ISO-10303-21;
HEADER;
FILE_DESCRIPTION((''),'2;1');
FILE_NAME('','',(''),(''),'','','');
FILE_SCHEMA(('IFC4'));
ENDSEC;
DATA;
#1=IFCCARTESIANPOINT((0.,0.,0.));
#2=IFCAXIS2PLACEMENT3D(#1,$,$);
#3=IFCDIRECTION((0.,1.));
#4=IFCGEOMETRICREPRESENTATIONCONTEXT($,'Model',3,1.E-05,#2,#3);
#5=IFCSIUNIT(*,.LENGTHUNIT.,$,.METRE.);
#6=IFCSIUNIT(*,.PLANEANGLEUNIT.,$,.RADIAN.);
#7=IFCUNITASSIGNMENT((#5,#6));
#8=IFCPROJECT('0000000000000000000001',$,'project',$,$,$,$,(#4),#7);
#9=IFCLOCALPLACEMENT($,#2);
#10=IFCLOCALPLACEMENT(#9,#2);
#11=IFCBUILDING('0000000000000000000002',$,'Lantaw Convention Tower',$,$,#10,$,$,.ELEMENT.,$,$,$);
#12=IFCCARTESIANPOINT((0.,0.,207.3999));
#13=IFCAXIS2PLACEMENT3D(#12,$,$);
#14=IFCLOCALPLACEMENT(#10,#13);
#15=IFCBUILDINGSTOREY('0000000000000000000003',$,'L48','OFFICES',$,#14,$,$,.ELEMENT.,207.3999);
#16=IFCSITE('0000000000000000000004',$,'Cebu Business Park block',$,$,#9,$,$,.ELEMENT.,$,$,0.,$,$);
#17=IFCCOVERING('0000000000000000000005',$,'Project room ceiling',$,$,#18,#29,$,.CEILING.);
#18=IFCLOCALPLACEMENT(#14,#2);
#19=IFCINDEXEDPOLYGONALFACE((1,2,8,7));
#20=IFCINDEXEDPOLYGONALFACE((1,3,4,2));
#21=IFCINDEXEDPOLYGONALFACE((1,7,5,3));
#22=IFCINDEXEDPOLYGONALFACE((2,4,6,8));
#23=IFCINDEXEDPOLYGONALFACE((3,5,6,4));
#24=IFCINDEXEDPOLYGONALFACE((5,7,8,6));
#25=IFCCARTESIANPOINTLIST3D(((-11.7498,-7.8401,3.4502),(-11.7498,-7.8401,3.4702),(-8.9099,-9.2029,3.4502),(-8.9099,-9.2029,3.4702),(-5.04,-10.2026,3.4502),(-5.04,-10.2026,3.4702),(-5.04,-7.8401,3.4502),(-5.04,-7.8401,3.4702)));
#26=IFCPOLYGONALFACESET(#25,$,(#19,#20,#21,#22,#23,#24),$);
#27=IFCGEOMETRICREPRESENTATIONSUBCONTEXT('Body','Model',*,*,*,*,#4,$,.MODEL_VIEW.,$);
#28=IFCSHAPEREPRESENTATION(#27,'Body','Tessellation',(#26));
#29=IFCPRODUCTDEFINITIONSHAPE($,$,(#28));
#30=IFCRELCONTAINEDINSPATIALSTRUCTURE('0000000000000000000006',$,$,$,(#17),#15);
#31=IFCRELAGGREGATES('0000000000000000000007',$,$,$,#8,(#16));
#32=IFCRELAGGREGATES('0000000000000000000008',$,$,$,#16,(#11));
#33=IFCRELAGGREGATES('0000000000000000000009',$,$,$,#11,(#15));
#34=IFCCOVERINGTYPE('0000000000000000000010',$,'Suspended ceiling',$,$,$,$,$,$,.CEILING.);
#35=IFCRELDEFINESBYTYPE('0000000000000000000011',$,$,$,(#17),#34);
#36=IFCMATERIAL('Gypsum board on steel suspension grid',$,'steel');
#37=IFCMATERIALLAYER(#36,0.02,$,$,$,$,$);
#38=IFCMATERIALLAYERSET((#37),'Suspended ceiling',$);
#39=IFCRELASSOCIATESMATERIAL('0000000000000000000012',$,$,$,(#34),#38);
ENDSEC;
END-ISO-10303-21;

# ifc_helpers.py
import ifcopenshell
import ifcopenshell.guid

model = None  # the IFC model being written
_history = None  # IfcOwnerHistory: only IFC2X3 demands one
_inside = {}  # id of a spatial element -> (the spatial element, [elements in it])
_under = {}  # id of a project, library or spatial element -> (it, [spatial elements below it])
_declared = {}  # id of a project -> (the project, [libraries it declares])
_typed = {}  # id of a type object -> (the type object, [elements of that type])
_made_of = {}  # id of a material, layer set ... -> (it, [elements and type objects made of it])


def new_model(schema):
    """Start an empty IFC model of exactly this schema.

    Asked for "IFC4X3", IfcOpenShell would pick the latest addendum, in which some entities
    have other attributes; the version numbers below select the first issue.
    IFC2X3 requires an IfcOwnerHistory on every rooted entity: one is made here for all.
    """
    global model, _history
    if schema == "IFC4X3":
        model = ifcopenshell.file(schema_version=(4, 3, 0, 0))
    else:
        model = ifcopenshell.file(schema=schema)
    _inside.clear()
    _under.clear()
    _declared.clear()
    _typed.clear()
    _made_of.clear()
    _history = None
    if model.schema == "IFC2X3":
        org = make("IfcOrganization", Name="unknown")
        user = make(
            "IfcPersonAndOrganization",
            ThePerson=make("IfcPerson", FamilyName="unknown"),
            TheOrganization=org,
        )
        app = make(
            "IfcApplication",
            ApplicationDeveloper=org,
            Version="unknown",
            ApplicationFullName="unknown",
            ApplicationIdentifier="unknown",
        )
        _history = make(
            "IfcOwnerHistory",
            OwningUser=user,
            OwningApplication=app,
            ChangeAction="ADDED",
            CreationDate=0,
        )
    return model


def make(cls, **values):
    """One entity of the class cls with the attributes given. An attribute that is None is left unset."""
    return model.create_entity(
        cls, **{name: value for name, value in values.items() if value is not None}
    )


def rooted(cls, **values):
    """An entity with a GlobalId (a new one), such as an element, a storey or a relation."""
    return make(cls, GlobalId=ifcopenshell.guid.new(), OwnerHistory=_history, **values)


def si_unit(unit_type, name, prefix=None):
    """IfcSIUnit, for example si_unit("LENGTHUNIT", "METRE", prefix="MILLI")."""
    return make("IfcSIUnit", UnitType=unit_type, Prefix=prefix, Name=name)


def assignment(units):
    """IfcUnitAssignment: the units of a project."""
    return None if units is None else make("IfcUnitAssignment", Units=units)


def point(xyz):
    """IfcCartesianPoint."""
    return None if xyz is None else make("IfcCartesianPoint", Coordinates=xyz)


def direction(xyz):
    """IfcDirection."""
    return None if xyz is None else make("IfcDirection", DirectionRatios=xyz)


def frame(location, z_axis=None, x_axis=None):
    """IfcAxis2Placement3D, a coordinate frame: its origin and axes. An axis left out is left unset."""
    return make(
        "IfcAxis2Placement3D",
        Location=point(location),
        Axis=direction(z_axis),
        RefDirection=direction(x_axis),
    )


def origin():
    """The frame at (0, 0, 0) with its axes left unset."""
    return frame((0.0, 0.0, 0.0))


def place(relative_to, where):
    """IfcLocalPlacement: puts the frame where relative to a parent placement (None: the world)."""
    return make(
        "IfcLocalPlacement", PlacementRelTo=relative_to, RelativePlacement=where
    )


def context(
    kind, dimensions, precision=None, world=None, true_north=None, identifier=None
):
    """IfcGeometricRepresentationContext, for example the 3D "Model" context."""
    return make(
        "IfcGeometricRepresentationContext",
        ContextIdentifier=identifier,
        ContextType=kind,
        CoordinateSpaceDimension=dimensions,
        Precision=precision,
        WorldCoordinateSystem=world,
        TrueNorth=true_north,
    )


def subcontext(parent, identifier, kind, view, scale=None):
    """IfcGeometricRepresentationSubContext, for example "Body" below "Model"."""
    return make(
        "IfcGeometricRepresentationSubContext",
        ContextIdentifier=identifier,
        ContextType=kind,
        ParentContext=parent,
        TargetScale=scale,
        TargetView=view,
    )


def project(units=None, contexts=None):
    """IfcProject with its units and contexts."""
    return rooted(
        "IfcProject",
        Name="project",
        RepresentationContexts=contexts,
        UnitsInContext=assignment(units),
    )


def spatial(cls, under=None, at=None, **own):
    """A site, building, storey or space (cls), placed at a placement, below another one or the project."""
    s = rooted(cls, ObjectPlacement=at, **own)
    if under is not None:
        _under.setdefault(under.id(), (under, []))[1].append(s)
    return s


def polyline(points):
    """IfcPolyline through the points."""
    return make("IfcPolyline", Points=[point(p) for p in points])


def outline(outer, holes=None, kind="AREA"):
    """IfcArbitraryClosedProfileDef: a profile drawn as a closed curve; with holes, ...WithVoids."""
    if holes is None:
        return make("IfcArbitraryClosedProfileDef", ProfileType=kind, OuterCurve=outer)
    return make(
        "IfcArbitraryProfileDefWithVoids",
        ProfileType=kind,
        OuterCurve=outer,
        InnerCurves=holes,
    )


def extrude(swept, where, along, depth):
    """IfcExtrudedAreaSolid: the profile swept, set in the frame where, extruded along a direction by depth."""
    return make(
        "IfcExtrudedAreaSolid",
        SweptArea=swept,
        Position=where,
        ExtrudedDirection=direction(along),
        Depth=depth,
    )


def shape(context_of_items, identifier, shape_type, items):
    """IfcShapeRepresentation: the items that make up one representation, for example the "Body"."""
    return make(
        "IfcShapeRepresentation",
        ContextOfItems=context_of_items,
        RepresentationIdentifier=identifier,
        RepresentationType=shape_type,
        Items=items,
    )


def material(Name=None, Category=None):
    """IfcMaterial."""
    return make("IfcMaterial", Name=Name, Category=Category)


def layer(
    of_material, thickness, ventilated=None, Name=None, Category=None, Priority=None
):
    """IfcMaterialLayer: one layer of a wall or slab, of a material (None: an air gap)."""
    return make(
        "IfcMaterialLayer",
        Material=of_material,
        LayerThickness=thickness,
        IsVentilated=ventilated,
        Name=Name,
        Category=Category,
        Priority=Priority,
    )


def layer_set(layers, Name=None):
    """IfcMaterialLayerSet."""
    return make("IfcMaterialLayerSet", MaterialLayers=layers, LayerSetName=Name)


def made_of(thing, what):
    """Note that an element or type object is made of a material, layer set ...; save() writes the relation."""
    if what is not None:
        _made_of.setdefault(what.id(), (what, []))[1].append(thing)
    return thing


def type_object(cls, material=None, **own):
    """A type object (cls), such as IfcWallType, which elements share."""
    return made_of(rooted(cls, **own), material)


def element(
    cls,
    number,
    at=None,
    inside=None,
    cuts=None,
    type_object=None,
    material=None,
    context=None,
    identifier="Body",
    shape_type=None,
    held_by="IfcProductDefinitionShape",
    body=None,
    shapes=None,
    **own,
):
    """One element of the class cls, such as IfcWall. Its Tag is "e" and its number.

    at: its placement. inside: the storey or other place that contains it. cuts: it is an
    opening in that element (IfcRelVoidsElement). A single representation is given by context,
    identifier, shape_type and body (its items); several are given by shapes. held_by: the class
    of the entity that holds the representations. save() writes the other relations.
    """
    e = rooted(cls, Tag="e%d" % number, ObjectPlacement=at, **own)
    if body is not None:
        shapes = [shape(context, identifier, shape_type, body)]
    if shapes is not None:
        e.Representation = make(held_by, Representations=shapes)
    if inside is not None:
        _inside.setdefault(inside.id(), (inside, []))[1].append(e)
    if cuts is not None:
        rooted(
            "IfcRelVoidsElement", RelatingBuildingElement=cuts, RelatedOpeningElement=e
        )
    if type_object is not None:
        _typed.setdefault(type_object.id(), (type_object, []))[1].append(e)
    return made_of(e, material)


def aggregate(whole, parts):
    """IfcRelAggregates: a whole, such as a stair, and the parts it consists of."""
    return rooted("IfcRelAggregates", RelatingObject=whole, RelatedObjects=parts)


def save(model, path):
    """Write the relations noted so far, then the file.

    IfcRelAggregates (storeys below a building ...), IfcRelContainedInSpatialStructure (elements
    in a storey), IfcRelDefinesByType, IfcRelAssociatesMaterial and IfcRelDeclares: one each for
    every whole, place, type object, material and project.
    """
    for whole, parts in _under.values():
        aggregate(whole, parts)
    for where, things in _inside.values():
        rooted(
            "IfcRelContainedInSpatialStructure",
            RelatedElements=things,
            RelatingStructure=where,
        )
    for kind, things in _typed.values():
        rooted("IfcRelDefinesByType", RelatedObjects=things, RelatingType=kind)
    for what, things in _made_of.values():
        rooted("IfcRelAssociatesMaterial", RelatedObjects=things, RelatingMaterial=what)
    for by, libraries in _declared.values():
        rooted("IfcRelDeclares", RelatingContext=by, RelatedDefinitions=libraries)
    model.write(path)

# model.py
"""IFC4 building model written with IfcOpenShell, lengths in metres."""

from ifc_helpers import new_model, si_unit, direction, frame, origin, place, context, subcontext, project, spatial, polyline, outline, extrude, material, layer, layer_set, type_object, element, save


model = new_model("IFC4")

# Units and contexts
model_context = context("Model", 3, precision=1e-05, world=origin(), true_north=direction((0.0, 1.0)))
body_context = subcontext(model_context, "Body", "Model", "MODEL_VIEW")
ifc_project = project(units=[si_unit("LENGTHUNIT", "METRE"), si_unit("PLANEANGLEUNIT", "RADIAN")], contexts=[model_context])

# Site, building, storey
site_placement = place(None, origin())
site = spatial("IfcSite", under=ifc_project, at=site_placement, Name="Cebu Business Park block", CompositionType="ELEMENT", RefElevation=0.0)
building_placement = place(site_placement, origin())
building = spatial("IfcBuilding", under=site, at=building_placement, Name="Lantaw Convention Tower", CompositionType="ELEMENT")
storey_placement = place(building_placement, frame((0.0, 0.0, 207.3999)))
storey = spatial("IfcBuildingStorey", under=building, at=storey_placement, Name="L48", Description="OFFICES", CompositionType="ELEMENT", Elevation=207.3999)

# Covering
ifc_material_1 = material(Name="Gypsum board on steel suspension grid", Category="steel")
ifc_layer_1 = layer(ifc_material_1, 0.02)
ifc_layer_set_1 = layer_set([ifc_layer_1], Name="Suspended ceiling")
covering_type = type_object("IfcCoveringType", Name="Suspended ceiling", PredefinedType="CEILING", material=ifc_layer_set_1)
covering_1_placement = place(storey_placement, frame((0.0, 0.0, 3.4502)))
element("IfcCovering", 1, at=covering_1_placement, inside=storey, type_object=covering_type, Name="Project room ceiling", PredefinedType="CEILING", context=body_context, shape_type="SweptSolid", body=[
    extrude(outline(polyline([(-5.04, -7.8401), (-11.7498, -7.8401), (-8.9099, -9.2029), (-5.04, -10.2026), (-5.04, -7.8401)])), origin(), (0.0, 0.0, 1.0), 0.02),
])

save(model, "model.ifc")
